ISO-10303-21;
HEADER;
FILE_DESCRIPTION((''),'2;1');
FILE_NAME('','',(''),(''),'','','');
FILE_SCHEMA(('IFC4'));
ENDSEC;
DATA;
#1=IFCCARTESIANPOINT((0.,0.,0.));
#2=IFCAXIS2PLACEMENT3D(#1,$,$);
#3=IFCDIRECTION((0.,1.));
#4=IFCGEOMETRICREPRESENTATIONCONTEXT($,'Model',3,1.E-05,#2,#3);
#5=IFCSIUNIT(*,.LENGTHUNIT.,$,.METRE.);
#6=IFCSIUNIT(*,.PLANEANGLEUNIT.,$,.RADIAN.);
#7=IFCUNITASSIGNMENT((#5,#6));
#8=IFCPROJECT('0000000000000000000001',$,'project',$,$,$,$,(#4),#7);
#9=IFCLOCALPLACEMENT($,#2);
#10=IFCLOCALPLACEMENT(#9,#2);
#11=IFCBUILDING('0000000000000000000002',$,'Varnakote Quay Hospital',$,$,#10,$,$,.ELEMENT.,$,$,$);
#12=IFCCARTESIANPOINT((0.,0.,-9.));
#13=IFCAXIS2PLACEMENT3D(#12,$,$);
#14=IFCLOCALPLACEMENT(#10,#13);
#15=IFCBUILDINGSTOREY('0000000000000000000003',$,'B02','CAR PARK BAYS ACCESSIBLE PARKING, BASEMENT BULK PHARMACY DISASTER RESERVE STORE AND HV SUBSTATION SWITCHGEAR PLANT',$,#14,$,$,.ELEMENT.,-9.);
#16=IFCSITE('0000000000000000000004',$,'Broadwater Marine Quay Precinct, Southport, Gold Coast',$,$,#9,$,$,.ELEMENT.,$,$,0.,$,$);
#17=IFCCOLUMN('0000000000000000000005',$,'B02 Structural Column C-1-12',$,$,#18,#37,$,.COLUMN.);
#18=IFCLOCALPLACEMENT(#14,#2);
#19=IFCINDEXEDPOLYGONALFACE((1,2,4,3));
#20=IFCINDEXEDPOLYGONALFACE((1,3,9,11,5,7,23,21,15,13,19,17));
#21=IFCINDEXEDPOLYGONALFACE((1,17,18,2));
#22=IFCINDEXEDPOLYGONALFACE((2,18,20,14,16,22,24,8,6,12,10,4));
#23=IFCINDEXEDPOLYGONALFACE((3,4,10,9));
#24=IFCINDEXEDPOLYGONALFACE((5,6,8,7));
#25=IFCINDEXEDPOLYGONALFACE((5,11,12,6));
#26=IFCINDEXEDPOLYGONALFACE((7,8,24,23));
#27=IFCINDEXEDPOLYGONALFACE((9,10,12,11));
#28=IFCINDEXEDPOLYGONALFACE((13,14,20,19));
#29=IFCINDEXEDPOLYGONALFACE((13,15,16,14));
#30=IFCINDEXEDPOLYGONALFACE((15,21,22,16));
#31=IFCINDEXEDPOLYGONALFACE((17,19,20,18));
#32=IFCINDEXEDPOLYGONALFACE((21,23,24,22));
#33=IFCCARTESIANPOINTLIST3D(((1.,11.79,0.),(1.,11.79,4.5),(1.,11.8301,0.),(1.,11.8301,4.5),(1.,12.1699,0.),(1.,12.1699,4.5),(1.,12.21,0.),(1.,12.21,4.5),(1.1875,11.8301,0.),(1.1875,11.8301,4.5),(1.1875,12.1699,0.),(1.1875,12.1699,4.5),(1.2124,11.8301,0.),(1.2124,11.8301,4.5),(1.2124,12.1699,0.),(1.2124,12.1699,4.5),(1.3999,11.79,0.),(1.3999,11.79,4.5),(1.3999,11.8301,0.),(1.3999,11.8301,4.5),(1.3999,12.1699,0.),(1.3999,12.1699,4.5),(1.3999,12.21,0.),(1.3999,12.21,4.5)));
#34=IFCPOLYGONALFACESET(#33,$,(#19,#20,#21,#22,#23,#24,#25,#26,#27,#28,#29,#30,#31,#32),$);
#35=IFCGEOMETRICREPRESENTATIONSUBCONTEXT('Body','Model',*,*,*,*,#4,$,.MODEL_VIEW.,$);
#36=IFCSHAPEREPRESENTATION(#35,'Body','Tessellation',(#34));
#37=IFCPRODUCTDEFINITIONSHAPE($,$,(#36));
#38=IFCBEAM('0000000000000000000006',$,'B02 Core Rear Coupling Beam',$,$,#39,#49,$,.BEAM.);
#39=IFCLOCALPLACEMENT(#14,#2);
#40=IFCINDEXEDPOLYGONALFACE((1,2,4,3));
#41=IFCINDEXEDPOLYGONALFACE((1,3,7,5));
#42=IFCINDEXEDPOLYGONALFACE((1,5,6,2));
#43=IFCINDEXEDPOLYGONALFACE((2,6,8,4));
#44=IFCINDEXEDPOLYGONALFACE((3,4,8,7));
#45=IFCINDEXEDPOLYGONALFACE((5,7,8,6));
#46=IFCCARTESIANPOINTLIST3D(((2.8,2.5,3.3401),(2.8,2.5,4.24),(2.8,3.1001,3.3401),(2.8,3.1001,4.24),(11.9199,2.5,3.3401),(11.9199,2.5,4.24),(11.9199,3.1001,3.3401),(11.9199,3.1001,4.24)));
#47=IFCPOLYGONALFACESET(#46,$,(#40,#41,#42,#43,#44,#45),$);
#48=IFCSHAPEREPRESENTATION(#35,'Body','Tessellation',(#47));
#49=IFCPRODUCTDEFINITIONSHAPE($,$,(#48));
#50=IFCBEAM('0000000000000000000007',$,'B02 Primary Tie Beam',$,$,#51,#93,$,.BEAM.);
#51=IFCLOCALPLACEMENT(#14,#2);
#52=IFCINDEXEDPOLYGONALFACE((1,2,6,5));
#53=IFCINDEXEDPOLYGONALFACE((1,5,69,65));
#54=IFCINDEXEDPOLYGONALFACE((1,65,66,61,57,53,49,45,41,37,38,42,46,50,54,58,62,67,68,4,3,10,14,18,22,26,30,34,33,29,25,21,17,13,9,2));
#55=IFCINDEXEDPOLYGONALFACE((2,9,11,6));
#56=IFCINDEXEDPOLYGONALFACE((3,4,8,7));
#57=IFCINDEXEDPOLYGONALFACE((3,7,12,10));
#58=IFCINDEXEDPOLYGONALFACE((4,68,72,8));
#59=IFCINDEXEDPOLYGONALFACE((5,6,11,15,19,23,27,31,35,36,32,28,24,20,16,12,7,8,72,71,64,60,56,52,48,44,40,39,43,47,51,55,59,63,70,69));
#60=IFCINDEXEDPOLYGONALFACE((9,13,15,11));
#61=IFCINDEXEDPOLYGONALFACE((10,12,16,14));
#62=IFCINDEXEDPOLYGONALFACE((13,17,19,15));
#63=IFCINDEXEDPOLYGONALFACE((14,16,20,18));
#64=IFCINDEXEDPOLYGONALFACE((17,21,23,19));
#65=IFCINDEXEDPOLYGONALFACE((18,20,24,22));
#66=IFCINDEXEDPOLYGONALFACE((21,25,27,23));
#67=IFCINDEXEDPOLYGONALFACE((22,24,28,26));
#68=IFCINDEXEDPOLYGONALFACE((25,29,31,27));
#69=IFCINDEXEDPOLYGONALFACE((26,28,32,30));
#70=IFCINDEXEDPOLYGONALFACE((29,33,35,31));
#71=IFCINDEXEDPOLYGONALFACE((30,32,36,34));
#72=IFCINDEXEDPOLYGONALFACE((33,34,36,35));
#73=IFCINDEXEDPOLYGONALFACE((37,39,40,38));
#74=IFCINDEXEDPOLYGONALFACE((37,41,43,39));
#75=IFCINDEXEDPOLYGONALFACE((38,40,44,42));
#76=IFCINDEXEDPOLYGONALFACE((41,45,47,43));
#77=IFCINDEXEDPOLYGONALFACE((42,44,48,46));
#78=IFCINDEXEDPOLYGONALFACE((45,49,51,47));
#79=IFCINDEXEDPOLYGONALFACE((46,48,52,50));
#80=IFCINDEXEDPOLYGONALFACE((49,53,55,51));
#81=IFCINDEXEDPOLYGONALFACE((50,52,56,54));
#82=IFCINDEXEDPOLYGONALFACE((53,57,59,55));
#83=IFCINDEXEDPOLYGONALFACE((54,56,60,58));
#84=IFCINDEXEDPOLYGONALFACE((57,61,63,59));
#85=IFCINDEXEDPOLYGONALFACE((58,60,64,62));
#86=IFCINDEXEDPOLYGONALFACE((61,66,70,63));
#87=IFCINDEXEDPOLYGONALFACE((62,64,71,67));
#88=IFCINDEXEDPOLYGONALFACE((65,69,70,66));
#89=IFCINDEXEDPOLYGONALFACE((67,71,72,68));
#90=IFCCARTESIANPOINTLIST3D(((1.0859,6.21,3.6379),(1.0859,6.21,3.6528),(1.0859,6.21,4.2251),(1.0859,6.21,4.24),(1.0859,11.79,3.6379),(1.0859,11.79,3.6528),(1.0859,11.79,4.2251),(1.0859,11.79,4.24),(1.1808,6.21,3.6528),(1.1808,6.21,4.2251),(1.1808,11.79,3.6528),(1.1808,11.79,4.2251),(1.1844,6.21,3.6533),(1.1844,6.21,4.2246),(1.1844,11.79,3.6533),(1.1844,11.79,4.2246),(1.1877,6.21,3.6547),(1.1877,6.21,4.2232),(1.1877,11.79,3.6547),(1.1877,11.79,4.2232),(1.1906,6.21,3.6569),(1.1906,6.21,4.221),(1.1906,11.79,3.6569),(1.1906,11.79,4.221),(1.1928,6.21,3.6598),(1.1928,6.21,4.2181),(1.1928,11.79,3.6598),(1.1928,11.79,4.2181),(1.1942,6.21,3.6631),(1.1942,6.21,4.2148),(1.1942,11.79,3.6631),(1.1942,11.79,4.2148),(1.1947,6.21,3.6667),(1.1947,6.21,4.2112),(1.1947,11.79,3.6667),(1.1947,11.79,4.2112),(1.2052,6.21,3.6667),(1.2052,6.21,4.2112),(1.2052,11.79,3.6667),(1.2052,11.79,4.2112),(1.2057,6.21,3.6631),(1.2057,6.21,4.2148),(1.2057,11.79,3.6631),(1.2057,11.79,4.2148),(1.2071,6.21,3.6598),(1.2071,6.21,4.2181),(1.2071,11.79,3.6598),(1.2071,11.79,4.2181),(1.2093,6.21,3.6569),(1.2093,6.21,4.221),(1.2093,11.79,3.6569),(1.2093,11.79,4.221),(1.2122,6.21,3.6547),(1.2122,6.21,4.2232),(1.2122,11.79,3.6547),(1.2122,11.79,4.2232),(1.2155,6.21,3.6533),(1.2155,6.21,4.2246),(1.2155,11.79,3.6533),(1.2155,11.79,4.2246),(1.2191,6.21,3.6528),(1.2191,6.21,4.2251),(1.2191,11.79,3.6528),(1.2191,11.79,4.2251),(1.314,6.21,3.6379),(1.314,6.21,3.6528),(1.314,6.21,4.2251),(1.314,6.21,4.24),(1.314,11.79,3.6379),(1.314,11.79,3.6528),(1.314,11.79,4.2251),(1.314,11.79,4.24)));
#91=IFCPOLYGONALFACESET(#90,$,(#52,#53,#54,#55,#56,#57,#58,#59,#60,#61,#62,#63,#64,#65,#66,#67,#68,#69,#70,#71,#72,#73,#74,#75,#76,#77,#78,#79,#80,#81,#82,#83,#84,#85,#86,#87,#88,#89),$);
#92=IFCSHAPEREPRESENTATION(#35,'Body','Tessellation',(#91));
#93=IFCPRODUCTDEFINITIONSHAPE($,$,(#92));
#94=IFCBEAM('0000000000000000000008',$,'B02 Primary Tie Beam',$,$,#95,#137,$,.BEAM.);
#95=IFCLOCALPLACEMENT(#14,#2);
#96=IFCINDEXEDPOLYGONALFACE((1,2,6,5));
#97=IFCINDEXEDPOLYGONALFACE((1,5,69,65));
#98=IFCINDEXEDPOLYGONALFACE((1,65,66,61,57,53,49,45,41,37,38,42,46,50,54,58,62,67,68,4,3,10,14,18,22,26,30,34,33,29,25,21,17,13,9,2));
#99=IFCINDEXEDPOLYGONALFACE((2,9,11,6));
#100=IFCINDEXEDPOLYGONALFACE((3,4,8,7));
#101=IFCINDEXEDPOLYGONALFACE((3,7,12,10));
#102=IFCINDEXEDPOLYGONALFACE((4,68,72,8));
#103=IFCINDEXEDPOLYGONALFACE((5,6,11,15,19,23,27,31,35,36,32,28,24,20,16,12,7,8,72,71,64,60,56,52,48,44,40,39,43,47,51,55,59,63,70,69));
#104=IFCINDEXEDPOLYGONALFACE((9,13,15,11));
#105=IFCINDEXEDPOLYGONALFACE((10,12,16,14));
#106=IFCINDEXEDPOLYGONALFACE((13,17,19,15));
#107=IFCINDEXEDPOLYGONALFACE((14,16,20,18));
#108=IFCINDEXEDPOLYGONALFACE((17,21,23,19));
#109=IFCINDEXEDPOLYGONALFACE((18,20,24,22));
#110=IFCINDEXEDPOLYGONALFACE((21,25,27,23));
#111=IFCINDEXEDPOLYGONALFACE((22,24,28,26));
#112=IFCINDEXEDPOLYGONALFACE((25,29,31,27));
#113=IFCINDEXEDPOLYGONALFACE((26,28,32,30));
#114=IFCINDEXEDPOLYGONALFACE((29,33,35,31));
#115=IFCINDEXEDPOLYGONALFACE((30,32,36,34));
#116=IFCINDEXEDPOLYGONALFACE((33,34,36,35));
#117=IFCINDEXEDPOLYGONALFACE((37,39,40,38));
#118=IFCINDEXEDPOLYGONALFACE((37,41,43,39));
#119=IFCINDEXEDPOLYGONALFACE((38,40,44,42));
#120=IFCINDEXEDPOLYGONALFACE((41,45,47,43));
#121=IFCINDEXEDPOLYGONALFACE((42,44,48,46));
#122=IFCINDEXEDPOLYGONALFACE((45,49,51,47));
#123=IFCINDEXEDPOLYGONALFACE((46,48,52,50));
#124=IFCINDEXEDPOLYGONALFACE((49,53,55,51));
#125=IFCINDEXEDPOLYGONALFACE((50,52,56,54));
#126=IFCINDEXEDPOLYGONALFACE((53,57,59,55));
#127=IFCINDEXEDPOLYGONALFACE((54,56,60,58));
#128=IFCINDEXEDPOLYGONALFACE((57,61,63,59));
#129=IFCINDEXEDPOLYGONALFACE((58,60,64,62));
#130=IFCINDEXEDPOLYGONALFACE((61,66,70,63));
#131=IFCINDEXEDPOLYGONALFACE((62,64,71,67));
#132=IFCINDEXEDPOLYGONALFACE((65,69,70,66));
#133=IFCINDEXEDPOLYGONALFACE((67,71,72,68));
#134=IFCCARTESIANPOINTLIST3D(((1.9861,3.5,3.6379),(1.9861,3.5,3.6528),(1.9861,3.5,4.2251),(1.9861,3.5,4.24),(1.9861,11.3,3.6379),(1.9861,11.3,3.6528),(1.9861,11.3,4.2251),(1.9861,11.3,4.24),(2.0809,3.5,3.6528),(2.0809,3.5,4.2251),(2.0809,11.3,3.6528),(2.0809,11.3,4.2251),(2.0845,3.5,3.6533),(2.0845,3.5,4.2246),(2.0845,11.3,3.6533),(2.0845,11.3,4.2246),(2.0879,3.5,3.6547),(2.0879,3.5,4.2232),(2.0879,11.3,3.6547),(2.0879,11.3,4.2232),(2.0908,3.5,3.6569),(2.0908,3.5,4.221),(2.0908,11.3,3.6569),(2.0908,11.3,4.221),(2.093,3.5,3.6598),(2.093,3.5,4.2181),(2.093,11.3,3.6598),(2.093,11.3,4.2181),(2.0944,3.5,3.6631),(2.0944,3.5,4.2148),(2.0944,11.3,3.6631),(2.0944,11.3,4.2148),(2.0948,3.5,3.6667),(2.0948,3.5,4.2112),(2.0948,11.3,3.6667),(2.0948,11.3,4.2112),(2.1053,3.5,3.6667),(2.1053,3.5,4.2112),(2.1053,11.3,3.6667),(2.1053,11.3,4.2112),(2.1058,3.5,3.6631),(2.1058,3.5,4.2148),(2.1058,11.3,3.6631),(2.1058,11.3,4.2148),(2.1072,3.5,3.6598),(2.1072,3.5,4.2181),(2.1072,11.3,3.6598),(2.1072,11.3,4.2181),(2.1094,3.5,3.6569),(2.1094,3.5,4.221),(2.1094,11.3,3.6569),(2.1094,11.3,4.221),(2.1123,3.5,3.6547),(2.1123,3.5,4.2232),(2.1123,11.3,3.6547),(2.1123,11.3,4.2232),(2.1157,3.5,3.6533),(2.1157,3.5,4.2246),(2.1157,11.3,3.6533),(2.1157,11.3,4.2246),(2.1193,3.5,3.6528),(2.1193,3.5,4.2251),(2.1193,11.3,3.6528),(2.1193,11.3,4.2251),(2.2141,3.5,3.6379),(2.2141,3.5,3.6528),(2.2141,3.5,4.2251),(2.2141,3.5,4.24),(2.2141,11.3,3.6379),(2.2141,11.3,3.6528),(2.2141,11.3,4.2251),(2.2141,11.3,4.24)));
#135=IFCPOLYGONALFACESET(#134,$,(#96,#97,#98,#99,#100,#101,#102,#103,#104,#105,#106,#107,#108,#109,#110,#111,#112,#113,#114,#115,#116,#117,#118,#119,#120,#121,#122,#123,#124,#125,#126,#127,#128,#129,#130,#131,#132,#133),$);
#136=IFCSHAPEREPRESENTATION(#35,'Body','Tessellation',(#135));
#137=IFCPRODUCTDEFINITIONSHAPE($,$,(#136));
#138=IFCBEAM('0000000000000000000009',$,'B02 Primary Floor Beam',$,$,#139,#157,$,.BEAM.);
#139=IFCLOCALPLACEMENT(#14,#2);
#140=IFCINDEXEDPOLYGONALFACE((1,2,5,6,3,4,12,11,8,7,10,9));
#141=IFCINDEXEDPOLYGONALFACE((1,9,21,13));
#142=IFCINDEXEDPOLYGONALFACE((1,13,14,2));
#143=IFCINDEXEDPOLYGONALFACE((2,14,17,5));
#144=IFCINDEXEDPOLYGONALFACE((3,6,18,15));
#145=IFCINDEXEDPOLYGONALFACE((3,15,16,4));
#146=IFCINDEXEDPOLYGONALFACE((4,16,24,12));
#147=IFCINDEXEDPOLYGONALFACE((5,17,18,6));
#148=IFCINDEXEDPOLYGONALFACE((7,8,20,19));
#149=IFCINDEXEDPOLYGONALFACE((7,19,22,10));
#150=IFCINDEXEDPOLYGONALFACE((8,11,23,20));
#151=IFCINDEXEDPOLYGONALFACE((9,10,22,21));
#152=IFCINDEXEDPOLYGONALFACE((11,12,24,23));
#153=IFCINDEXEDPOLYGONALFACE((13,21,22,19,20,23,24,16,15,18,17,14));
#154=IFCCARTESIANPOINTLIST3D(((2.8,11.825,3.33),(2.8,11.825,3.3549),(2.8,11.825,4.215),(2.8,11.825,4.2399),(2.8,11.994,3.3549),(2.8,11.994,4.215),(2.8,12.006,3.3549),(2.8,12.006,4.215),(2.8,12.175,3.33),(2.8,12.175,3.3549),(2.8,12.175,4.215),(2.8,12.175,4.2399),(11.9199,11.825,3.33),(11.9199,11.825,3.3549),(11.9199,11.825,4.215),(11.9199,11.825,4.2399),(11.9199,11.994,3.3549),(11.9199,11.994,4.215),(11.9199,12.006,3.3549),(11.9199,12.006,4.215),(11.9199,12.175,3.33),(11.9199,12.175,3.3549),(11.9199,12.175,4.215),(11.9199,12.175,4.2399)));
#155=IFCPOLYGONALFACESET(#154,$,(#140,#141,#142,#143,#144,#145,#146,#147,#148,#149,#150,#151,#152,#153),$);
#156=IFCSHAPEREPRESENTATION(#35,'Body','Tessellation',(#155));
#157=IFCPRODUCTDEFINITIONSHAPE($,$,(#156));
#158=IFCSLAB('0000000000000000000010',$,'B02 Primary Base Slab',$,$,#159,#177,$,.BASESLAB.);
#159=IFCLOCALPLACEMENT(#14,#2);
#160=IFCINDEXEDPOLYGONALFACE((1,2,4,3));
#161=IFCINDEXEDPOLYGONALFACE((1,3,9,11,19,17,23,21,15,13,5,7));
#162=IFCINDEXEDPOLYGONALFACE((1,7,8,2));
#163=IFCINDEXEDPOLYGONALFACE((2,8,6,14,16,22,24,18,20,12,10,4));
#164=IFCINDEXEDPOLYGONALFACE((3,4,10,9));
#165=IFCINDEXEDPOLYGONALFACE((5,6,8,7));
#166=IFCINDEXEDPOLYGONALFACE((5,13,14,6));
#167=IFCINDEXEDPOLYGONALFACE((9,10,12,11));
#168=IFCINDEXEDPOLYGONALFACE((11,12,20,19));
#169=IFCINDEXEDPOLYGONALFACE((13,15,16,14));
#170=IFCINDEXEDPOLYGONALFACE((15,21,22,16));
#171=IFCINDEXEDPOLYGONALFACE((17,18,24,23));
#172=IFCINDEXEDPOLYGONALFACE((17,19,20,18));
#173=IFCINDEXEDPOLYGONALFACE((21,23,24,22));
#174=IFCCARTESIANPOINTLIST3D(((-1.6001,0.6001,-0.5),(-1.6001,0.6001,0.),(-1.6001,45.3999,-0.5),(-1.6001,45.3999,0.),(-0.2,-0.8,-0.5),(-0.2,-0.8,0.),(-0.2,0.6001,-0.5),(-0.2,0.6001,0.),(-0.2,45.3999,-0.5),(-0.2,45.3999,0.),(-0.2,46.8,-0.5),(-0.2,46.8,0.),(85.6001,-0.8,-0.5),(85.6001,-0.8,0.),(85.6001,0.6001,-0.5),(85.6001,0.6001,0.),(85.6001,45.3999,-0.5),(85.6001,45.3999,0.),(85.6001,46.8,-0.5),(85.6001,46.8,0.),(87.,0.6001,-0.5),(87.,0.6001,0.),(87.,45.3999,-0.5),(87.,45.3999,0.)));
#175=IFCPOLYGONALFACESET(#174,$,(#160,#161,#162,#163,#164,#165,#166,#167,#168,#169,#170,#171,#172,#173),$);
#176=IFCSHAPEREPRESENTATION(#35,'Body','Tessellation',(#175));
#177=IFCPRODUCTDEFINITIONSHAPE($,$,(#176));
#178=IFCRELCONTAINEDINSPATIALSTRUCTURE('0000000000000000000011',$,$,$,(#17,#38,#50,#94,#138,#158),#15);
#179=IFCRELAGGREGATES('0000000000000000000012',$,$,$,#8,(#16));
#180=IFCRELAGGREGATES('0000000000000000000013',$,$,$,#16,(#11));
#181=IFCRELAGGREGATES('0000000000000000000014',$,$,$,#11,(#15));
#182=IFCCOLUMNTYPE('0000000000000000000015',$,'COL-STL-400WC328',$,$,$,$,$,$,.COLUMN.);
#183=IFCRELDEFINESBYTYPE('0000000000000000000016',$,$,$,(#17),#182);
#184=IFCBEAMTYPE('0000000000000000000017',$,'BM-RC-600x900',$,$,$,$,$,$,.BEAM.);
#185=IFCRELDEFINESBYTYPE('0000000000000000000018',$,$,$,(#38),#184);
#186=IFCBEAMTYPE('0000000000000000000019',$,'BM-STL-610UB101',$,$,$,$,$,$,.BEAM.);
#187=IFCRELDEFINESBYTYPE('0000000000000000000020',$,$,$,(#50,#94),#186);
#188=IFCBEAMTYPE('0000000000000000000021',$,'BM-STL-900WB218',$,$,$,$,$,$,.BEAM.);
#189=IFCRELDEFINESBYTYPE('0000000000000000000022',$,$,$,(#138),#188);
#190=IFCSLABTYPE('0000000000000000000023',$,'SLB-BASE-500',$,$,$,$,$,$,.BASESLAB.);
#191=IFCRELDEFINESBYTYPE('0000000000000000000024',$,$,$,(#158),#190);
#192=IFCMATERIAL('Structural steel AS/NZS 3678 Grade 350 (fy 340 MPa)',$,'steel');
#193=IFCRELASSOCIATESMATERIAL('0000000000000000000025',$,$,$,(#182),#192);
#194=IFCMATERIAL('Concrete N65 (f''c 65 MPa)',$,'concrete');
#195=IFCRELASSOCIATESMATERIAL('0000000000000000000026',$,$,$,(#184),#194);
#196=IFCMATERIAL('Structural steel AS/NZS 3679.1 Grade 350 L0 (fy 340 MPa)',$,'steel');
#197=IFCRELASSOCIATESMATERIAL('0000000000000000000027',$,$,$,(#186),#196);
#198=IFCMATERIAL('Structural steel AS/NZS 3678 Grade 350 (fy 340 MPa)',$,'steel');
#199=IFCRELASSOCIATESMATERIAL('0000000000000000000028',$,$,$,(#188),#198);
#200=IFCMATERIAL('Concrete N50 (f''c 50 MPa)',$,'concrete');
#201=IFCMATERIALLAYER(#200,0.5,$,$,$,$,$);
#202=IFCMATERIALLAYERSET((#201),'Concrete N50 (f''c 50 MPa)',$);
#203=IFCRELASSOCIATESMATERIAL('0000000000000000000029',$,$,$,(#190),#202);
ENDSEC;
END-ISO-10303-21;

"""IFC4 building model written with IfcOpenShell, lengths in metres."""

from ifc_helpers import new_model, si_unit, direction, frame, origin, origin_2d, place, context, subcontext, project, spatial, polyline, rectangle, i_section, outline, extrude, material, layer, layer_set, material_profile, profile_set, type_object, element, save


model = new_model("IFC4")

# Units and contexts
model_context = context("Model", 3, precision=1e-05, world=origin(), true_north=direction((0.0, 1.0)))
body_context = subcontext(model_context, "Body", "Model", "MODEL_VIEW")
ifc_project = project(units=[si_unit("LENGTHUNIT", "METRE"), si_unit("PLANEANGLEUNIT", "RADIAN")], contexts=[model_context])

# Site, building, storey
site_placement = place(None, origin())
site = spatial("IfcSite", under=ifc_project, at=site_placement, Name="Broadwater Marine Quay Precinct, Southport, Gold Coast", CompositionType="ELEMENT", RefElevation=0.0)
building_placement = place(site_placement, origin())
building = spatial("IfcBuilding", under=site, at=building_placement, Name="Varnakote Quay Hospital", CompositionType="ELEMENT")
storey_placement = place(building_placement, frame((0.0, 0.0, -9.0)))
storey = spatial("IfcBuildingStorey", under=building, at=storey_placement, Name="B02", Description="CAR PARK BAYS ACCESSIBLE PARKING, BASEMENT BULK PHARMACY DISASTER RESERVE STORE AND HV SUBSTATION SWITCHGEAR PLANT", CompositionType="ELEMENT", Elevation=-9.0)

# Column
ifc_material_1 = material(Name="Structural steel AS/NZS 3678 Grade 350 (fy 340 MPa)", Category="steel")
ifc_material_profile_1 = material_profile(ifc_material_1, i_section(OverallWidth=0.3999, OverallDepth=0.4199, WebThickness=0.0249, FlangeThickness=0.04, at=origin_2d()), Name="400WC328")
ifc_profile_set_1 = profile_set([ifc_material_profile_1], Name="Structural steel AS/NZS 3678 Grade 350 (fy 340 MPa)")
column_type_1 = type_object("IfcColumnType", Name="COL-STL-400WC328", PredefinedType="COLUMN", material=ifc_profile_set_1)
for number, where, z_axis, x_axis, name in (
    (1, (1.2, 12.0, 0.0), (0.0, 0.0, 1.0), (1.0, 0.0, 0.0), "B02 Structural Column C-1-12"),
):
    element("IfcColumn", number, at=place(storey_placement, frame(where, z_axis=z_axis, x_axis=x_axis)), inside=storey, type_object=column_type_1, Name=name, PredefinedType="COLUMN", context=body_context, shape_type="SweptSolid", body=[
        extrude(i_section(OverallWidth=0.3999, OverallDepth=0.4199, WebThickness=0.0249, FlangeThickness=0.04, at=origin_2d()), origin(), (0.0, 0.0, 1.0), 4.5),
    ])

# Beams
ifc_material_2 = material(Name="Concrete N65 (f'c 65 MPa)", Category="concrete")
ifc_material_profile_2 = material_profile(ifc_material_2, rectangle(XDim=0.6001, YDim=0.8999, at=origin_2d()), Name="RC-BM-600x900")
ifc_profile_set_2 = profile_set([ifc_material_profile_2], Name="Concrete N65 (f'c 65 MPa)")
beam_type_1 = type_object("IfcBeamType", Name="BM-RC-600x900", PredefinedType="BEAM", material=ifc_profile_set_2)
beam_1_placement = place(storey_placement, frame((2.8, 2.8, 3.79), z_axis=(1.0, 0.0, 0.0), x_axis=(0.0, 1.0, 0.0)))
element("IfcBeam", 2, at=beam_1_placement, inside=storey, type_object=beam_type_1, Name="B02 Core Rear Coupling Beam", PredefinedType="BEAM", context=body_context, shape_type="SweptSolid", body=[
    extrude(rectangle(XDim=0.6001, YDim=0.8999, at=origin_2d()), origin(), (0.0, 0.0, 1.0), 9.1199),
])
ifc_material_3 = material(Name="Structural steel AS/NZS 3679.1 Grade 350 L0 (fy 340 MPa)", Category="steel")
ifc_material_profile_3 = material_profile(ifc_material_3, i_section(OverallWidth=0.228, OverallDepth=0.6021, WebThickness=0.0105, FlangeThickness=0.0149, FilletRadius=0.0139, at=origin_2d()), Name="610UB101")
ifc_profile_set_3 = profile_set([ifc_material_profile_3], Name="Structural steel AS/NZS 3679.1 Grade 350 L0 (fy 340 MPa)")
beam_type_2 = type_object("IfcBeamType", Name="BM-STL-610UB101", PredefinedType="BEAM", material=ifc_profile_set_3)
beam_2_placement = place(storey_placement, frame((1.2, 6.21, 3.939), z_axis=(0.0, 1.0, 0.0), x_axis=(-1.0, 0.0, 0.0)))
element("IfcBeam", 3, at=beam_2_placement, inside=storey, type_object=beam_type_2, Name="B02 Primary Tie Beam", PredefinedType="BEAM", context=body_context, shape_type="SweptSolid", body=[
    extrude(i_section(OverallWidth=0.228, OverallDepth=0.6021, WebThickness=0.0105, FlangeThickness=0.0149, FilletRadius=0.0139, at=origin_2d()), origin(), (0.0, 0.0, 1.0), 5.5801),
])
beam_3_placement = place(storey_placement, frame((2.1001, 3.5, 3.939), z_axis=(0.0, 1.0, 0.0), x_axis=(-1.0, 0.0, 0.0)))
element("IfcBeam", 4, at=beam_3_placement, inside=storey, type_object=beam_type_2, Name="B02 Primary Tie Beam", PredefinedType="BEAM", context=body_context, shape_type="SweptSolid", body=[
    extrude(i_section(OverallWidth=0.228, OverallDepth=0.6021, WebThickness=0.0105, FlangeThickness=0.0149, FilletRadius=0.0139, at=origin_2d()), origin(), (0.0, 0.0, 1.0), 7.8),
])
ifc_material_4 = material(Name="Structural steel AS/NZS 3678 Grade 350 (fy 340 MPa)", Category="steel")
ifc_material_profile_4 = material_profile(ifc_material_4, i_section(OverallWidth=0.3501, OverallDepth=0.9099, WebThickness=0.012, FlangeThickness=0.0249, at=origin_2d()), Name="900WB218")
ifc_profile_set_4 = profile_set([ifc_material_profile_4], Name="Structural steel AS/NZS 3678 Grade 350 (fy 340 MPa)")
beam_type_3 = type_object("IfcBeamType", Name="BM-STL-900WB218", PredefinedType="BEAM", material=ifc_profile_set_4)
beam_4_placement = place(storey_placement, frame((2.8, 12.0, 3.7849), z_axis=(1.0, 0.0, 0.0), x_axis=(0.0, 1.0, 0.0)))
element("IfcBeam", 5, at=beam_4_placement, inside=storey, type_object=beam_type_3, Name="B02 Primary Floor Beam", PredefinedType="BEAM", context=body_context, shape_type="SweptSolid", body=[
    extrude(i_section(OverallWidth=0.3501, OverallDepth=0.9099, WebThickness=0.012, FlangeThickness=0.0249, at=origin_2d()), origin(), (0.0, 0.0, 1.0), 9.1199),
])

# Slab
ifc_material_5 = material(Name="Concrete N50 (f'c 50 MPa)", Category="concrete")
ifc_layer_1 = layer(ifc_material_5, 0.5)
ifc_layer_set_1 = layer_set([ifc_layer_1], Name="Concrete N50 (f'c 50 MPa)")
slab_type_1 = type_object("IfcSlabType", Name="SLB-BASE-500", PredefinedType="BASESLAB", material=ifc_layer_set_1)
slab_1_placement = place(storey_placement, frame((0.0, 0.0, -0.5)))
element("IfcSlab", 6, at=slab_1_placement, inside=storey, type_object=slab_type_1, Name="B02 Primary Base Slab", PredefinedType="BASESLAB", context=body_context, shape_type="SweptSolid", body=[
    extrude(outline(polyline([(-1.6001, 0.6001), (-0.2, 0.6001), (-0.2, -0.8), (85.6001, -0.8), (85.6001, 0.6001), (87.0, 0.6001), (87.0, 45.3999), (85.6001, 45.3999), (85.6001, 46.8), (-0.2, 46.8), (-0.2, 45.3999), (-1.6001, 45.3999), (-1.6001, 0.6001)])), origin(), (0.0, 0.0, 1.0), 0.5),
])

save(model, "model.ifc")
